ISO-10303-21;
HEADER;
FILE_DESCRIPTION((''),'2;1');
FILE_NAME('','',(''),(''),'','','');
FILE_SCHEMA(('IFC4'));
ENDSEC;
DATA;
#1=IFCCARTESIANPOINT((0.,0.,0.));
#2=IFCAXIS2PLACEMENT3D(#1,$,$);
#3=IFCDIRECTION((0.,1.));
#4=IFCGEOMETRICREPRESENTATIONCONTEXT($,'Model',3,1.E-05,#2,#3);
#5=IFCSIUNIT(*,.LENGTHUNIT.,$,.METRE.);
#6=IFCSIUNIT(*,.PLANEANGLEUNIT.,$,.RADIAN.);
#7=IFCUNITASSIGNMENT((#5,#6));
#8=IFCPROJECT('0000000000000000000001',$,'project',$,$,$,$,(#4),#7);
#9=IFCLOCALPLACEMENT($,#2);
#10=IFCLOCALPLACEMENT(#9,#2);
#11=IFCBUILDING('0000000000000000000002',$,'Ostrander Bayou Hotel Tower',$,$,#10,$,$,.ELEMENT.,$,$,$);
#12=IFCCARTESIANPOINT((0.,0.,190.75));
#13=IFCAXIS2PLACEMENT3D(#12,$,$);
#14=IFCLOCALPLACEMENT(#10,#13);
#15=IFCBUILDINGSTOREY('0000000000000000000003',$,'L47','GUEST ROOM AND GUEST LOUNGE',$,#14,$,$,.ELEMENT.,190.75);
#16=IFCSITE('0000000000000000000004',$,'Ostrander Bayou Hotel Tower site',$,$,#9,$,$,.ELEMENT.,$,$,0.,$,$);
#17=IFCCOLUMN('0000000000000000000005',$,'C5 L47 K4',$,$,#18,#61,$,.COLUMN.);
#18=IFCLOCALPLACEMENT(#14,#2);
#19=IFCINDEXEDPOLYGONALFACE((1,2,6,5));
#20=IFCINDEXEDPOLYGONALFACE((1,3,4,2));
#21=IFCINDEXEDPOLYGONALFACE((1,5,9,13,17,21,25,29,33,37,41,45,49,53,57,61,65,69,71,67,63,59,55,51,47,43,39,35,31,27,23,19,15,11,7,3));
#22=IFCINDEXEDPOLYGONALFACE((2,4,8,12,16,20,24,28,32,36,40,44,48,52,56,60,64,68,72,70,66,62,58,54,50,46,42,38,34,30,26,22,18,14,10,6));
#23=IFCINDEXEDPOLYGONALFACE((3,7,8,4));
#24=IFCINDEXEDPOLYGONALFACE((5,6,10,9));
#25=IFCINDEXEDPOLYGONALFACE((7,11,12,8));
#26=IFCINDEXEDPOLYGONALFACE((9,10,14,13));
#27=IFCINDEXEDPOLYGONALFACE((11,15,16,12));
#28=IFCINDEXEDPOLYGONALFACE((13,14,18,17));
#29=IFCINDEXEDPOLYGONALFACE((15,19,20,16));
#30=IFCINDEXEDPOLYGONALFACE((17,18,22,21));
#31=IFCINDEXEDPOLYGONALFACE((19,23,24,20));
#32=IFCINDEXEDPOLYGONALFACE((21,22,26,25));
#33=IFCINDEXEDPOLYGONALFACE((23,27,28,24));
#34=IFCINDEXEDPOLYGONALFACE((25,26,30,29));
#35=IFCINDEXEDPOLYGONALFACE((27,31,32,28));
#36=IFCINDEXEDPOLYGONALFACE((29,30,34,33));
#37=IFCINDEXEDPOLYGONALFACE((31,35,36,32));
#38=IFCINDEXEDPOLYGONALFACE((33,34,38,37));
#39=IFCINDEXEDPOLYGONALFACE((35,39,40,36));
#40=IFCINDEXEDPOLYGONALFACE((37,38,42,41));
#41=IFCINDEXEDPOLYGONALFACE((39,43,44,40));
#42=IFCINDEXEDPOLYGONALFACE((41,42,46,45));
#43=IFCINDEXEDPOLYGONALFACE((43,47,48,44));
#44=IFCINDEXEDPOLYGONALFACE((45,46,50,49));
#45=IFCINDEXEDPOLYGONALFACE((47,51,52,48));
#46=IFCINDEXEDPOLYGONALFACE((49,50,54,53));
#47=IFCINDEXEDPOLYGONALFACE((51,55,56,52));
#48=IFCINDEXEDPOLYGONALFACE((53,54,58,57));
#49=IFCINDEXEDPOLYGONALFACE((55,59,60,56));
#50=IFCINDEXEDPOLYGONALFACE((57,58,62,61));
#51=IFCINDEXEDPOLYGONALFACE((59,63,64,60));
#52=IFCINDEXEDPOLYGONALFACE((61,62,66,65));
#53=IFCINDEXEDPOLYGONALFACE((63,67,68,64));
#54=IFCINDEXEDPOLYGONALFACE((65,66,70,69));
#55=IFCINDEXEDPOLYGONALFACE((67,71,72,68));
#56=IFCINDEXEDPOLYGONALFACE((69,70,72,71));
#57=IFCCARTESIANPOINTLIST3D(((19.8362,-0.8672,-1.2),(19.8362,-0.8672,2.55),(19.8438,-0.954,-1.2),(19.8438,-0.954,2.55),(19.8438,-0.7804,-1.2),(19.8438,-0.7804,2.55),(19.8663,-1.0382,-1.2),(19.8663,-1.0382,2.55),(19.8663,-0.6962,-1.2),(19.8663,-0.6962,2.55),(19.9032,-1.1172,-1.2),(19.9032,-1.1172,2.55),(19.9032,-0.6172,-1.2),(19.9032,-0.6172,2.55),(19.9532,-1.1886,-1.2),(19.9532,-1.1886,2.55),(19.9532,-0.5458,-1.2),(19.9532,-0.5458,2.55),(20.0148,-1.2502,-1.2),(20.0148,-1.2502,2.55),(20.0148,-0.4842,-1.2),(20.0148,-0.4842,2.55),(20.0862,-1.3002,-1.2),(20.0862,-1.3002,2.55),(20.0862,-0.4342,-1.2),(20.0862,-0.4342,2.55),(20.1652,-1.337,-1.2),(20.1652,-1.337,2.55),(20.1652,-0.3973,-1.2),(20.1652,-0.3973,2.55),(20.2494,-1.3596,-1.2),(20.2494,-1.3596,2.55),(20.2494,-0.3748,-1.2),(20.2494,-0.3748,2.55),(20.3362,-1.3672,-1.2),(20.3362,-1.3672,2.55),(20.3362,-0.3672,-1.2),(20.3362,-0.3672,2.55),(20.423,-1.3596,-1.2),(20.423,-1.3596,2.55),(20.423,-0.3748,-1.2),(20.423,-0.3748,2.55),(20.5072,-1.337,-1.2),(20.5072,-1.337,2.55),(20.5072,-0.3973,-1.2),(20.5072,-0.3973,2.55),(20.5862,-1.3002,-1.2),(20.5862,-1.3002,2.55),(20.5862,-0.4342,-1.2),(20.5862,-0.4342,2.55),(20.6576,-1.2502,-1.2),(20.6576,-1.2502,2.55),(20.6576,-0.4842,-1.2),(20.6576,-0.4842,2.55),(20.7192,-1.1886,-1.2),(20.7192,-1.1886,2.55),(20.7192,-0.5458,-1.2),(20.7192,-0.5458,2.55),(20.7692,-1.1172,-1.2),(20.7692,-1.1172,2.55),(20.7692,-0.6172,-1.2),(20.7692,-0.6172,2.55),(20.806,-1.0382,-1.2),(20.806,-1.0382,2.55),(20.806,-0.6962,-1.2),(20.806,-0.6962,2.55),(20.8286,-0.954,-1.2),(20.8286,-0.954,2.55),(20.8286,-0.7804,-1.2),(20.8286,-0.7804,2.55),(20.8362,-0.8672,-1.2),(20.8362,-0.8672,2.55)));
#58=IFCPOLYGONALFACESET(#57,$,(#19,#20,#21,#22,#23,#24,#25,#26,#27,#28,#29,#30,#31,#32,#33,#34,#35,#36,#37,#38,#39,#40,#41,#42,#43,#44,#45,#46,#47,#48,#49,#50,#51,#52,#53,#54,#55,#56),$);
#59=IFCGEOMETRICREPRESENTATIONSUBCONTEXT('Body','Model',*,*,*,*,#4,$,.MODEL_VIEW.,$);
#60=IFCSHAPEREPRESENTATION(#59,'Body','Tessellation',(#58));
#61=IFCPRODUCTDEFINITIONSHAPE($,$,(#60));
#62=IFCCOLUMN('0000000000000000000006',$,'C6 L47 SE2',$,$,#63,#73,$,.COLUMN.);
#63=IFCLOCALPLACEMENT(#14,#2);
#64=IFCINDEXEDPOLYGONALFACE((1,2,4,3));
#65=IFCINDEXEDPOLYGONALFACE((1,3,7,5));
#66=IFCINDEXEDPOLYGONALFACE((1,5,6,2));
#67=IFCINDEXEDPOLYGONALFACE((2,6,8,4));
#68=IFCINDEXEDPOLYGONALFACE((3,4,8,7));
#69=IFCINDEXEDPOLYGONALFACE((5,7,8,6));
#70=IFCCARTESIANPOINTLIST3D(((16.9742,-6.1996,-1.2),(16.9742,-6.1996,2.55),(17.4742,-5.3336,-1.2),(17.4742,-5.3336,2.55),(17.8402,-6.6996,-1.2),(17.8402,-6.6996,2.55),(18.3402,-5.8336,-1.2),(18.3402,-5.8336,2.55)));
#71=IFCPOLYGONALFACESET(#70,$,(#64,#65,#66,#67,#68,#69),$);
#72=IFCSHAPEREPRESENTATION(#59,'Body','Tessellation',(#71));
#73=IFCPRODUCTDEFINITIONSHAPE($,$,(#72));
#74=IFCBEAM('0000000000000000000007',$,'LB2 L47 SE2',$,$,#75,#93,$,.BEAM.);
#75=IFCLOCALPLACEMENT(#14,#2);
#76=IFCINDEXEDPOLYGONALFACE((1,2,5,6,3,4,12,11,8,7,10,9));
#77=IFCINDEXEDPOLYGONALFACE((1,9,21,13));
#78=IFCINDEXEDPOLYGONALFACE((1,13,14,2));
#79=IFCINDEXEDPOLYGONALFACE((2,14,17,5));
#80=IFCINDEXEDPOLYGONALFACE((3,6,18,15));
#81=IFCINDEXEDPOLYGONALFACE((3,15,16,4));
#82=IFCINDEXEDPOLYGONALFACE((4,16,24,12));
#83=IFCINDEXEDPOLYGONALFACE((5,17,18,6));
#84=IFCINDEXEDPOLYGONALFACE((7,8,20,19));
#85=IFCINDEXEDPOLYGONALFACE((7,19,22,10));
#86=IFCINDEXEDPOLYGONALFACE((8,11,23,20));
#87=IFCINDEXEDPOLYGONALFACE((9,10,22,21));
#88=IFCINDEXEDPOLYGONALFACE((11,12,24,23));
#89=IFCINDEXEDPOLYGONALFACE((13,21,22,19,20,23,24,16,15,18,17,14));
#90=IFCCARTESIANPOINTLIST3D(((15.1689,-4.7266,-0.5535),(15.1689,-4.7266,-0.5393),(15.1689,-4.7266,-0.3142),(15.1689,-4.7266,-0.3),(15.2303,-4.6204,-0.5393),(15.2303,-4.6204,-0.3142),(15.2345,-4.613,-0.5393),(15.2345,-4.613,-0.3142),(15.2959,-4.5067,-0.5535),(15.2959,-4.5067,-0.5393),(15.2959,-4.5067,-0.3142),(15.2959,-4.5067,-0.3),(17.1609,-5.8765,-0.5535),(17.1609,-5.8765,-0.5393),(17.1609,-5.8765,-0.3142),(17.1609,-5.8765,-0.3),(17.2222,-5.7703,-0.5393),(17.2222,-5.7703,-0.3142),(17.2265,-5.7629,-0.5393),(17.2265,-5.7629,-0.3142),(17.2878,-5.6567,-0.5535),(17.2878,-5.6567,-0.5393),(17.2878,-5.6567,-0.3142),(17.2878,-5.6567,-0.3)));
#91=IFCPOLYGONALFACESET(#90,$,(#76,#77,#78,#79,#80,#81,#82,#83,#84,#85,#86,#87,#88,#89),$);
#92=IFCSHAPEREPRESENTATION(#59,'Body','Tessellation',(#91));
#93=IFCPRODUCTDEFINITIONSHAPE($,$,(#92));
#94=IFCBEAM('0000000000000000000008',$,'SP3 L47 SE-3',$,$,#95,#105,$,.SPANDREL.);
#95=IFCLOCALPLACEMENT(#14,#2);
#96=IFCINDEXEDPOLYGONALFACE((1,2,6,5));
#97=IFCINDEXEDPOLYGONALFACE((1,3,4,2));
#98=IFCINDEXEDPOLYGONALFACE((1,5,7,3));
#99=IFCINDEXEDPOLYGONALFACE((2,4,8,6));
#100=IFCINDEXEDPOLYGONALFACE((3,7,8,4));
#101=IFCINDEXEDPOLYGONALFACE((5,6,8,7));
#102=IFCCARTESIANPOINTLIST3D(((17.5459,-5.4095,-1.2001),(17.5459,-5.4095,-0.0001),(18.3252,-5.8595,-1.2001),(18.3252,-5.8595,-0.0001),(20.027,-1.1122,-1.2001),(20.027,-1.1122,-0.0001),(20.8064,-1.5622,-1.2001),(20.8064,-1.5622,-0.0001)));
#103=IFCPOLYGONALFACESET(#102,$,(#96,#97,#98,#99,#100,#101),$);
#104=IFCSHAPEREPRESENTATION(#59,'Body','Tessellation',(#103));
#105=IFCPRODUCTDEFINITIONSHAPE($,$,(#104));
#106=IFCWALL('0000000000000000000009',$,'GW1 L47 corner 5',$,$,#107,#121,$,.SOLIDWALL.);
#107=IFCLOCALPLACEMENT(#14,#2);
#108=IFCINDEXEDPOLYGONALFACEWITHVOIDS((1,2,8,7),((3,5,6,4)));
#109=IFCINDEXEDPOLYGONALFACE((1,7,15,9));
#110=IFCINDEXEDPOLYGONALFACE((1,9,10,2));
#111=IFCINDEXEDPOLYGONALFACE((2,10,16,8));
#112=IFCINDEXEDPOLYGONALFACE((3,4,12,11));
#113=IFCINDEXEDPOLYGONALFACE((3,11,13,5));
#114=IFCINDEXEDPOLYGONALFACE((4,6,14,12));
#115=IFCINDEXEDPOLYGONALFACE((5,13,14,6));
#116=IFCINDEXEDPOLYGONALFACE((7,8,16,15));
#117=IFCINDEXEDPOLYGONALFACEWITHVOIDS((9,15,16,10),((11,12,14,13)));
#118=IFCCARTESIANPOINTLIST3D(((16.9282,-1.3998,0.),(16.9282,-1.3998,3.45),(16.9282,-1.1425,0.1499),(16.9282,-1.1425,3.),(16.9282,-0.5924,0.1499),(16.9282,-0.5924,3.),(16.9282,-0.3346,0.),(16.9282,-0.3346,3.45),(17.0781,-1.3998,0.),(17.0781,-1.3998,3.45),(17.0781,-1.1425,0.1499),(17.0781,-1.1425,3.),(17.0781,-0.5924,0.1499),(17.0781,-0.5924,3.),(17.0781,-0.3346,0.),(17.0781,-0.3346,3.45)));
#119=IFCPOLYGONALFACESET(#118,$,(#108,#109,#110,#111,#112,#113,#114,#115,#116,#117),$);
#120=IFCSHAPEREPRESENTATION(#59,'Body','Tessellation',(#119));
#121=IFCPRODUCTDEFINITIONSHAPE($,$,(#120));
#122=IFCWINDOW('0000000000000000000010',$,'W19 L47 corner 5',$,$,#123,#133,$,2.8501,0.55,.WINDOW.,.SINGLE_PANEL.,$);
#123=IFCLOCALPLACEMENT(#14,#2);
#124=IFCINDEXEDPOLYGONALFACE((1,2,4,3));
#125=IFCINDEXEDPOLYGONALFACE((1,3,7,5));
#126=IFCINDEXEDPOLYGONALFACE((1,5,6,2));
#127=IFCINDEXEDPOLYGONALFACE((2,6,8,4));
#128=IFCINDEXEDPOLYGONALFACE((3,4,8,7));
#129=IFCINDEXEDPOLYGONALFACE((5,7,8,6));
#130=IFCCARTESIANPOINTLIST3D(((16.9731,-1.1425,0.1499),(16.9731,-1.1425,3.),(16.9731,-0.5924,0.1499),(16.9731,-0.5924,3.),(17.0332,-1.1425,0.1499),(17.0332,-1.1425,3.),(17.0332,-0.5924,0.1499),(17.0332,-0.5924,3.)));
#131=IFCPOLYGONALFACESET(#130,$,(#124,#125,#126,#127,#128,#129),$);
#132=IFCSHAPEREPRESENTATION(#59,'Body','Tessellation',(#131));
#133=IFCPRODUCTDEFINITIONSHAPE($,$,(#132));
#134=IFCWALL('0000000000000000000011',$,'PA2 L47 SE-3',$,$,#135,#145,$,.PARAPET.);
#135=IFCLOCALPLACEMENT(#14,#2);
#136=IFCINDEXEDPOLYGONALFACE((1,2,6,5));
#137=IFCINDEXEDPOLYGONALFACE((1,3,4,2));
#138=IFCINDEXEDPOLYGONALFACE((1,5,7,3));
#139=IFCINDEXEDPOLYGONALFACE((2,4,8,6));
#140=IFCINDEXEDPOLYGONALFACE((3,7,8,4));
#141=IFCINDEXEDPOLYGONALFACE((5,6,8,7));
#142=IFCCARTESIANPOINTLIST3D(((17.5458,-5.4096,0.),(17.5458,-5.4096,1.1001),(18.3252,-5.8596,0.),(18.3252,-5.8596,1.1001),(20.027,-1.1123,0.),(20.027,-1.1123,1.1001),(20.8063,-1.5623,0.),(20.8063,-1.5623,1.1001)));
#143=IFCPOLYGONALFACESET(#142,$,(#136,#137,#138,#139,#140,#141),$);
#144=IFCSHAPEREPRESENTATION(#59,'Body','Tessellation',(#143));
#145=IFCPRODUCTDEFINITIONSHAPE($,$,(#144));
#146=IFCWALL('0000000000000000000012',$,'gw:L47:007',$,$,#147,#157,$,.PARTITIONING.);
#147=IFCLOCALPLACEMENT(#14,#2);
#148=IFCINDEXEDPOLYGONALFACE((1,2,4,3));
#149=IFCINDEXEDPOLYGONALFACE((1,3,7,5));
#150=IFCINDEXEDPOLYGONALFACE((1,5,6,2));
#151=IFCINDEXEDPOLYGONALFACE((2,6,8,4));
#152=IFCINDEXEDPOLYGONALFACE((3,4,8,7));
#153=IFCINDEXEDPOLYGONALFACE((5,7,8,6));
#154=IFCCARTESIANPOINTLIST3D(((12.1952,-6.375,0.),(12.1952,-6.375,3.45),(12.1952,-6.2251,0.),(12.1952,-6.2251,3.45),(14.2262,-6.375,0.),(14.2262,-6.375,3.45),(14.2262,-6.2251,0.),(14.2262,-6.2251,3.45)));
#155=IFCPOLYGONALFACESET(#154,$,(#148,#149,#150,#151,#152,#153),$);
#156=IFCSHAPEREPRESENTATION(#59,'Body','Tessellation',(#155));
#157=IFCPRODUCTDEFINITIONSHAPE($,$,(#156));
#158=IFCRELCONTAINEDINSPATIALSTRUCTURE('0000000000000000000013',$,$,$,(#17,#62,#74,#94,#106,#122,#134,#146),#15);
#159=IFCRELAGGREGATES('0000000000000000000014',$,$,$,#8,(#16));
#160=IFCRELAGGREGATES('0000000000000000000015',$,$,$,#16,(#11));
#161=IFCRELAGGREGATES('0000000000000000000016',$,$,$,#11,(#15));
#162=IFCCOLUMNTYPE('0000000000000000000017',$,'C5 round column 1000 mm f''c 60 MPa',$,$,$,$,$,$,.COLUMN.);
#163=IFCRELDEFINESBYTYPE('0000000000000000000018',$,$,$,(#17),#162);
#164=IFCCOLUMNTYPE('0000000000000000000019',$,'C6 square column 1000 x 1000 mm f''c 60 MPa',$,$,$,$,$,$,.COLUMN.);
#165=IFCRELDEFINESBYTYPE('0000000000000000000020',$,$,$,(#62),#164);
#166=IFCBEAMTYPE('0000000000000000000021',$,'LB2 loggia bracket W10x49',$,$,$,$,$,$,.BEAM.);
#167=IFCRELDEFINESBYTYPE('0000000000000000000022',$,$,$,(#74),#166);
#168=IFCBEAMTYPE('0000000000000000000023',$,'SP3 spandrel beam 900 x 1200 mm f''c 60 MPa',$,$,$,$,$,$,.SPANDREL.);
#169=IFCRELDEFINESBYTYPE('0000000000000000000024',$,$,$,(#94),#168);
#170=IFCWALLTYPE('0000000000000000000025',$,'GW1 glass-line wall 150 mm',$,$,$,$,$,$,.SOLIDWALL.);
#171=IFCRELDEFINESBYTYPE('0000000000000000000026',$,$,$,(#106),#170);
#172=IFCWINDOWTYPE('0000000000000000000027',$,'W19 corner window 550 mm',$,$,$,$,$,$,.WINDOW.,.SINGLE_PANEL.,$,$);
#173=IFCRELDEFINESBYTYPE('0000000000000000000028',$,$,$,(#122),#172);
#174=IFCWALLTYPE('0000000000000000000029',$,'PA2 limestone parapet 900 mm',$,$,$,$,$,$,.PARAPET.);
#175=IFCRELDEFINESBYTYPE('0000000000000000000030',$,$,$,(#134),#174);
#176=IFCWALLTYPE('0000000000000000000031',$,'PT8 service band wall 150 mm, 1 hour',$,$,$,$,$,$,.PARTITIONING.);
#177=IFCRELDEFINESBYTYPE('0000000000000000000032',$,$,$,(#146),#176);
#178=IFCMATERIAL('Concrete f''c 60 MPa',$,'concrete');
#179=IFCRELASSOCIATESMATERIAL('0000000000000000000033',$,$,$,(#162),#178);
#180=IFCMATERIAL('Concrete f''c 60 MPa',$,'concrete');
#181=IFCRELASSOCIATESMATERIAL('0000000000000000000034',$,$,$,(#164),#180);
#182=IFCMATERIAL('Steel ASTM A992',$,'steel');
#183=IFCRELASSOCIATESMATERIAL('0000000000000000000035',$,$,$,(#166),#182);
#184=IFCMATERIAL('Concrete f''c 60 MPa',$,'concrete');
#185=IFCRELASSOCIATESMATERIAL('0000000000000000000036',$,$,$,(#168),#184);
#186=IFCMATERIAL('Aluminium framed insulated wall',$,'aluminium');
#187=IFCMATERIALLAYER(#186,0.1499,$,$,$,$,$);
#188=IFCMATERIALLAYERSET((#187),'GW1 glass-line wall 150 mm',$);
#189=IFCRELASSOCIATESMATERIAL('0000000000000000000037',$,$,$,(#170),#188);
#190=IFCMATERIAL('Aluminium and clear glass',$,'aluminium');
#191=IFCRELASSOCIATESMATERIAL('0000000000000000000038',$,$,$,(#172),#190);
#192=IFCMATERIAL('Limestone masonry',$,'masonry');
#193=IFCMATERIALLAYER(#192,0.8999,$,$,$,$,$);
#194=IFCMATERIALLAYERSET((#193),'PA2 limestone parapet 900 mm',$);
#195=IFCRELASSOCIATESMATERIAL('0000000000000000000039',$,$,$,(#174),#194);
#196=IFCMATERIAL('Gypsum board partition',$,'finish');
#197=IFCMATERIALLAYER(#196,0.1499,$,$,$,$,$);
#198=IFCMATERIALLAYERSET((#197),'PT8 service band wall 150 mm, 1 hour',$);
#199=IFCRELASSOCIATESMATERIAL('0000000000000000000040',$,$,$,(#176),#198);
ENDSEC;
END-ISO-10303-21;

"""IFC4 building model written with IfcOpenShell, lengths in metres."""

from ifc_helpers import new_model, si_unit, direction, frame, frame_2d, origin, origin_2d, place, context, subcontext, project, spatial, rectangle, circle, i_section, extrude, material, layer, layer_set, material_profile, profile_set, type_object, element, fill, save


model = new_model("IFC4")

# Units and contexts
model_context = context("Model", 3, precision=1e-05, world=origin(), true_north=direction((0.0, 1.0)))
body_context = subcontext(model_context, "Body", "Model", "MODEL_VIEW")
ifc_project = project(units=[si_unit("LENGTHUNIT", "METRE"), si_unit("PLANEANGLEUNIT", "RADIAN")], contexts=[model_context])

# Site, building, storey
site_placement = place(None, origin())
site = spatial("IfcSite", under=ifc_project, at=site_placement, Name="Ostrander Bayou Hotel Tower site", CompositionType="ELEMENT", RefElevation=0.0)
building_placement = place(site_placement, origin())
building = spatial("IfcBuilding", under=site, at=building_placement, Name="Ostrander Bayou Hotel Tower", CompositionType="ELEMENT")
storey_placement = place(building_placement, frame((0.0, 0.0, 190.75)))
storey = spatial("IfcBuildingStorey", under=building, at=storey_placement, Name="L47", Description="GUEST ROOM AND GUEST LOUNGE", CompositionType="ELEMENT", Elevation=190.75)

# Columns
ifc_material_1 = material(Name="Concrete f'c 60 MPa", Category="concrete")
ifc_material_profile_1 = material_profile(ifc_material_1, circle(Radius=0.5, at=origin_2d()))
ifc_profile_set_1 = profile_set([ifc_material_profile_1], Name="Concrete f'c 60 MPa")
column_type_1 = type_object("IfcColumnType", Name="C5 round column 1000 mm f'c 60 MPa", PredefinedType="COLUMN", material=ifc_profile_set_1)
column_1_placement = place(storey_placement, frame((20.3362, -0.8672, -1.2), z_axis=(0.0, 0.0, 1.0), x_axis=(1.0, 0.0, 0.0)))
element("IfcColumn", 1, at=column_1_placement, inside=storey, type_object=column_type_1, Name="C5 L47 K4", PredefinedType="COLUMN", context=body_context, shape_type="SweptSolid", body=[
    extrude(circle(Radius=0.5, at=origin_2d()), origin(), (0.0, 0.0, 1.0), 3.75),
])
ifc_material_2 = material(Name="Concrete f'c 60 MPa", Category="concrete")
ifc_material_profile_2 = material_profile(ifc_material_2, rectangle(XDim=1.0, YDim=1.0, at=origin_2d()))
ifc_profile_set_2 = profile_set([ifc_material_profile_2], Name="Concrete f'c 60 MPa")
column_type_2 = type_object("IfcColumnType", Name="C6 square column 1000 x 1000 mm f'c 60 MPa", PredefinedType="COLUMN", material=ifc_profile_set_2)
column_2_placement = place(storey_placement, frame((17.6572, -6.0166, -1.2), z_axis=(0.0, 0.0, 1.0), x_axis=(-0.5, -0.866025, 0.0)))
element("IfcColumn", 2, at=column_2_placement, inside=storey, type_object=column_type_2, Name="C6 L47 SE2", PredefinedType="COLUMN", context=body_context, shape_type="SweptSolid", body=[
    extrude(rectangle(XDim=1.0, YDim=1.0, at=origin_2d()), origin(), (0.0, 0.0, 1.0), 3.75),
])

# Beams
ifc_material_3 = material(Name="Steel ASTM A992", Category="steel")
ifc_material_profile_3 = material_profile(ifc_material_3, i_section(OverallWidth=0.2539, OverallDepth=0.2534, WebThickness=0.0085, FlangeThickness=0.0142, at=origin_2d()))
ifc_profile_set_3 = profile_set([ifc_material_profile_3], Name="Steel ASTM A992")
beam_type_1 = type_object("IfcBeamType", Name="LB2 loggia bracket W10x49", PredefinedType="BEAM", material=ifc_profile_set_3)
beam_1_placement = place(storey_placement, frame((17.2244, -5.7666, -0.4268), z_axis=(-0.866053, 0.499952, 0.0), x_axis=(-0.499952, -0.866053, 0.0)))
element("IfcBeam", 3, at=beam_1_placement, inside=storey, type_object=beam_type_1, Name="LB2 L47 SE2", PredefinedType="BEAM", context=body_context, shape_type="SweptSolid", body=[
    extrude(i_section(OverallWidth=0.2539, OverallDepth=0.2534, WebThickness=0.0085, FlangeThickness=0.0142, at=origin_2d()), origin(), (0.0, 0.0, 1.0), 2.3),
])
ifc_material_4 = material(Name="Concrete f'c 60 MPa", Category="concrete")
ifc_material_profile_4 = material_profile(ifc_material_4, rectangle(XDim=0.8999, YDim=1.2, at=origin_2d()))
ifc_profile_set_4 = profile_set([ifc_material_profile_4], Name="Concrete f'c 60 MPa")
beam_type_2 = type_object("IfcBeamType", Name="SP3 spandrel beam 900 x 1200 mm f'c 60 MPa", PredefinedType="SPANDREL", material=ifc_profile_set_4)
beam_2_placement = place(storey_placement, frame((17.9355, -5.6345, -0.6001), z_axis=(0.500018, 0.866015, 0.0), x_axis=(-0.866015, 0.500018, 0.0)))
element("IfcBeam", 4, at=beam_2_placement, inside=storey, type_object=beam_type_2, Name="SP3 L47 SE-3", PredefinedType="SPANDREL", context=body_context, shape_type="SweptSolid", body=[
    extrude(rectangle(XDim=0.8999, YDim=1.2, at=origin_2d()), origin(), (0.0, 0.0, 1.0), 4.9622),
])

# Wall, opening, window
ifc_material_5 = material(Name="Aluminium framed insulated wall", Category="aluminium")
ifc_layer_1 = layer(ifc_material_5, 0.1499)
ifc_layer_set_1 = layer_set([ifc_layer_1], Name="GW1 glass-line wall 150 mm")
wall_type_1 = type_object("IfcWallType", Name="GW1 glass-line wall 150 mm", PredefinedType="SOLIDWALL", material=ifc_layer_set_1)
wall_1_placement = place(storey_placement, frame((17.0032, -1.3999, 0.0), z_axis=(0.0, 0.0, 1.0), x_axis=(0.0, 1.0, 0.0)))
wall_1 = element("IfcWall", 5, at=wall_1_placement, inside=storey, type_object=wall_type_1, Name="GW1 L47 corner 5", PredefinedType="SOLIDWALL", context=body_context, shape_type="SweptSolid", body=[
    extrude(rectangle(XDim=1.0652, YDim=0.1499, at=frame_2d((0.5327, 0.0))), origin(), (0.0, 0.0, 1.0), 3.45),
])
opening_1_placement = place(wall_1_placement, frame((0.2576, 0.0, 0.1499)))
opening_1 = element("IfcOpeningElement", 6, at=opening_1_placement, cuts=wall_1, PredefinedType="OPENING", context=body_context, shape_type="SweptSolid", body=[
    extrude(rectangle(XDim=0.55, YDim=2.8501, at=frame_2d((0.2749, 1.425))), frame((0.0, 0.075, 0.0), z_axis=(0.0, -1.0, 0.0), x_axis=(1.0, 0.0, 0.0)), (0.0, 0.0, 1.0), 0.1499),
])
ifc_material_6 = material(Name="Aluminium and clear glass", Category="aluminium")
window_type = type_object("IfcWindowType", Name="W19 corner window 550 mm", PartitioningType="SINGLE_PANEL", PredefinedType="WINDOW", material=ifc_material_6)
window_placement = place(opening_1_placement, origin())
window = element("IfcWindow", 7, at=window_placement, inside=storey, type_object=window_type, Name="W19 L47 corner 5", OverallHeight=2.8501, OverallWidth=0.55, PartitioningType="SINGLE_PANEL", PredefinedType="WINDOW", context=body_context, shape_type="SweptSolid", body=[
    extrude(rectangle(XDim=0.55, YDim=2.8501, at=frame_2d((0.2749, 1.425))), frame((0.0, 0.03, 0.0), z_axis=(0.0, -1.0, 0.0), x_axis=(1.0, 0.0, 0.0)), (0.0, 0.0, 1.0), 0.0601),
])
fill(opening_1, window)

# Walls
ifc_material_7 = material(Name="Limestone masonry", Category="masonry")
ifc_layer_2 = layer(ifc_material_7, 0.8999)
ifc_layer_set_2 = layer_set([ifc_layer_2], Name="PA2 limestone parapet 900 mm")
wall_type_2 = type_object("IfcWallType", Name="PA2 limestone parapet 900 mm", PredefinedType="PARAPET", material=ifc_layer_set_2)
wall_2_placement = place(storey_placement, frame((17.9355, -5.6345, 0.0), z_axis=(0.0, 0.0, 1.0), x_axis=(0.500018, 0.866015, 0.0)))
element("IfcWall", 8, at=wall_2_placement, inside=storey, type_object=wall_type_2, Name="PA2 L47 SE-3", PredefinedType="PARAPET", context=body_context, shape_type="SweptSolid", body=[
    extrude(rectangle(XDim=4.9622, YDim=0.8999, at=frame_2d((2.481, 0.0))), origin(), (0.0, 0.0, 1.0), 1.1001),
])
ifc_material_8 = material(Name="Gypsum board partition", Category="finish")
ifc_layer_3 = layer(ifc_material_8, 0.1499)
ifc_layer_set_3 = layer_set([ifc_layer_3], Name="PT8 service band wall 150 mm, 1 hour")
wall_type_3 = type_object("IfcWallType", Name="PT8 service band wall 150 mm, 1 hour", PredefinedType="PARTITIONING", material=ifc_layer_set_3)
wall_3_placement = place(storey_placement, frame((12.1951, -6.3, 0.0), z_axis=(0.0, 0.0, 1.0), x_axis=(1.0, 0.0, 0.0)))
element("IfcWall", 9, at=wall_3_placement, inside=storey, type_object=wall_type_3, Name="gw:L47:007", PredefinedType="PARTITIONING", context=body_context, shape_type="SweptSolid", body=[
    extrude(rectangle(XDim=2.031, YDim=0.1499, at=frame_2d((1.0156, 0.0))), origin(), (0.0, 0.0, 1.0), 3.45),
])

save(model, "model.ifc")
